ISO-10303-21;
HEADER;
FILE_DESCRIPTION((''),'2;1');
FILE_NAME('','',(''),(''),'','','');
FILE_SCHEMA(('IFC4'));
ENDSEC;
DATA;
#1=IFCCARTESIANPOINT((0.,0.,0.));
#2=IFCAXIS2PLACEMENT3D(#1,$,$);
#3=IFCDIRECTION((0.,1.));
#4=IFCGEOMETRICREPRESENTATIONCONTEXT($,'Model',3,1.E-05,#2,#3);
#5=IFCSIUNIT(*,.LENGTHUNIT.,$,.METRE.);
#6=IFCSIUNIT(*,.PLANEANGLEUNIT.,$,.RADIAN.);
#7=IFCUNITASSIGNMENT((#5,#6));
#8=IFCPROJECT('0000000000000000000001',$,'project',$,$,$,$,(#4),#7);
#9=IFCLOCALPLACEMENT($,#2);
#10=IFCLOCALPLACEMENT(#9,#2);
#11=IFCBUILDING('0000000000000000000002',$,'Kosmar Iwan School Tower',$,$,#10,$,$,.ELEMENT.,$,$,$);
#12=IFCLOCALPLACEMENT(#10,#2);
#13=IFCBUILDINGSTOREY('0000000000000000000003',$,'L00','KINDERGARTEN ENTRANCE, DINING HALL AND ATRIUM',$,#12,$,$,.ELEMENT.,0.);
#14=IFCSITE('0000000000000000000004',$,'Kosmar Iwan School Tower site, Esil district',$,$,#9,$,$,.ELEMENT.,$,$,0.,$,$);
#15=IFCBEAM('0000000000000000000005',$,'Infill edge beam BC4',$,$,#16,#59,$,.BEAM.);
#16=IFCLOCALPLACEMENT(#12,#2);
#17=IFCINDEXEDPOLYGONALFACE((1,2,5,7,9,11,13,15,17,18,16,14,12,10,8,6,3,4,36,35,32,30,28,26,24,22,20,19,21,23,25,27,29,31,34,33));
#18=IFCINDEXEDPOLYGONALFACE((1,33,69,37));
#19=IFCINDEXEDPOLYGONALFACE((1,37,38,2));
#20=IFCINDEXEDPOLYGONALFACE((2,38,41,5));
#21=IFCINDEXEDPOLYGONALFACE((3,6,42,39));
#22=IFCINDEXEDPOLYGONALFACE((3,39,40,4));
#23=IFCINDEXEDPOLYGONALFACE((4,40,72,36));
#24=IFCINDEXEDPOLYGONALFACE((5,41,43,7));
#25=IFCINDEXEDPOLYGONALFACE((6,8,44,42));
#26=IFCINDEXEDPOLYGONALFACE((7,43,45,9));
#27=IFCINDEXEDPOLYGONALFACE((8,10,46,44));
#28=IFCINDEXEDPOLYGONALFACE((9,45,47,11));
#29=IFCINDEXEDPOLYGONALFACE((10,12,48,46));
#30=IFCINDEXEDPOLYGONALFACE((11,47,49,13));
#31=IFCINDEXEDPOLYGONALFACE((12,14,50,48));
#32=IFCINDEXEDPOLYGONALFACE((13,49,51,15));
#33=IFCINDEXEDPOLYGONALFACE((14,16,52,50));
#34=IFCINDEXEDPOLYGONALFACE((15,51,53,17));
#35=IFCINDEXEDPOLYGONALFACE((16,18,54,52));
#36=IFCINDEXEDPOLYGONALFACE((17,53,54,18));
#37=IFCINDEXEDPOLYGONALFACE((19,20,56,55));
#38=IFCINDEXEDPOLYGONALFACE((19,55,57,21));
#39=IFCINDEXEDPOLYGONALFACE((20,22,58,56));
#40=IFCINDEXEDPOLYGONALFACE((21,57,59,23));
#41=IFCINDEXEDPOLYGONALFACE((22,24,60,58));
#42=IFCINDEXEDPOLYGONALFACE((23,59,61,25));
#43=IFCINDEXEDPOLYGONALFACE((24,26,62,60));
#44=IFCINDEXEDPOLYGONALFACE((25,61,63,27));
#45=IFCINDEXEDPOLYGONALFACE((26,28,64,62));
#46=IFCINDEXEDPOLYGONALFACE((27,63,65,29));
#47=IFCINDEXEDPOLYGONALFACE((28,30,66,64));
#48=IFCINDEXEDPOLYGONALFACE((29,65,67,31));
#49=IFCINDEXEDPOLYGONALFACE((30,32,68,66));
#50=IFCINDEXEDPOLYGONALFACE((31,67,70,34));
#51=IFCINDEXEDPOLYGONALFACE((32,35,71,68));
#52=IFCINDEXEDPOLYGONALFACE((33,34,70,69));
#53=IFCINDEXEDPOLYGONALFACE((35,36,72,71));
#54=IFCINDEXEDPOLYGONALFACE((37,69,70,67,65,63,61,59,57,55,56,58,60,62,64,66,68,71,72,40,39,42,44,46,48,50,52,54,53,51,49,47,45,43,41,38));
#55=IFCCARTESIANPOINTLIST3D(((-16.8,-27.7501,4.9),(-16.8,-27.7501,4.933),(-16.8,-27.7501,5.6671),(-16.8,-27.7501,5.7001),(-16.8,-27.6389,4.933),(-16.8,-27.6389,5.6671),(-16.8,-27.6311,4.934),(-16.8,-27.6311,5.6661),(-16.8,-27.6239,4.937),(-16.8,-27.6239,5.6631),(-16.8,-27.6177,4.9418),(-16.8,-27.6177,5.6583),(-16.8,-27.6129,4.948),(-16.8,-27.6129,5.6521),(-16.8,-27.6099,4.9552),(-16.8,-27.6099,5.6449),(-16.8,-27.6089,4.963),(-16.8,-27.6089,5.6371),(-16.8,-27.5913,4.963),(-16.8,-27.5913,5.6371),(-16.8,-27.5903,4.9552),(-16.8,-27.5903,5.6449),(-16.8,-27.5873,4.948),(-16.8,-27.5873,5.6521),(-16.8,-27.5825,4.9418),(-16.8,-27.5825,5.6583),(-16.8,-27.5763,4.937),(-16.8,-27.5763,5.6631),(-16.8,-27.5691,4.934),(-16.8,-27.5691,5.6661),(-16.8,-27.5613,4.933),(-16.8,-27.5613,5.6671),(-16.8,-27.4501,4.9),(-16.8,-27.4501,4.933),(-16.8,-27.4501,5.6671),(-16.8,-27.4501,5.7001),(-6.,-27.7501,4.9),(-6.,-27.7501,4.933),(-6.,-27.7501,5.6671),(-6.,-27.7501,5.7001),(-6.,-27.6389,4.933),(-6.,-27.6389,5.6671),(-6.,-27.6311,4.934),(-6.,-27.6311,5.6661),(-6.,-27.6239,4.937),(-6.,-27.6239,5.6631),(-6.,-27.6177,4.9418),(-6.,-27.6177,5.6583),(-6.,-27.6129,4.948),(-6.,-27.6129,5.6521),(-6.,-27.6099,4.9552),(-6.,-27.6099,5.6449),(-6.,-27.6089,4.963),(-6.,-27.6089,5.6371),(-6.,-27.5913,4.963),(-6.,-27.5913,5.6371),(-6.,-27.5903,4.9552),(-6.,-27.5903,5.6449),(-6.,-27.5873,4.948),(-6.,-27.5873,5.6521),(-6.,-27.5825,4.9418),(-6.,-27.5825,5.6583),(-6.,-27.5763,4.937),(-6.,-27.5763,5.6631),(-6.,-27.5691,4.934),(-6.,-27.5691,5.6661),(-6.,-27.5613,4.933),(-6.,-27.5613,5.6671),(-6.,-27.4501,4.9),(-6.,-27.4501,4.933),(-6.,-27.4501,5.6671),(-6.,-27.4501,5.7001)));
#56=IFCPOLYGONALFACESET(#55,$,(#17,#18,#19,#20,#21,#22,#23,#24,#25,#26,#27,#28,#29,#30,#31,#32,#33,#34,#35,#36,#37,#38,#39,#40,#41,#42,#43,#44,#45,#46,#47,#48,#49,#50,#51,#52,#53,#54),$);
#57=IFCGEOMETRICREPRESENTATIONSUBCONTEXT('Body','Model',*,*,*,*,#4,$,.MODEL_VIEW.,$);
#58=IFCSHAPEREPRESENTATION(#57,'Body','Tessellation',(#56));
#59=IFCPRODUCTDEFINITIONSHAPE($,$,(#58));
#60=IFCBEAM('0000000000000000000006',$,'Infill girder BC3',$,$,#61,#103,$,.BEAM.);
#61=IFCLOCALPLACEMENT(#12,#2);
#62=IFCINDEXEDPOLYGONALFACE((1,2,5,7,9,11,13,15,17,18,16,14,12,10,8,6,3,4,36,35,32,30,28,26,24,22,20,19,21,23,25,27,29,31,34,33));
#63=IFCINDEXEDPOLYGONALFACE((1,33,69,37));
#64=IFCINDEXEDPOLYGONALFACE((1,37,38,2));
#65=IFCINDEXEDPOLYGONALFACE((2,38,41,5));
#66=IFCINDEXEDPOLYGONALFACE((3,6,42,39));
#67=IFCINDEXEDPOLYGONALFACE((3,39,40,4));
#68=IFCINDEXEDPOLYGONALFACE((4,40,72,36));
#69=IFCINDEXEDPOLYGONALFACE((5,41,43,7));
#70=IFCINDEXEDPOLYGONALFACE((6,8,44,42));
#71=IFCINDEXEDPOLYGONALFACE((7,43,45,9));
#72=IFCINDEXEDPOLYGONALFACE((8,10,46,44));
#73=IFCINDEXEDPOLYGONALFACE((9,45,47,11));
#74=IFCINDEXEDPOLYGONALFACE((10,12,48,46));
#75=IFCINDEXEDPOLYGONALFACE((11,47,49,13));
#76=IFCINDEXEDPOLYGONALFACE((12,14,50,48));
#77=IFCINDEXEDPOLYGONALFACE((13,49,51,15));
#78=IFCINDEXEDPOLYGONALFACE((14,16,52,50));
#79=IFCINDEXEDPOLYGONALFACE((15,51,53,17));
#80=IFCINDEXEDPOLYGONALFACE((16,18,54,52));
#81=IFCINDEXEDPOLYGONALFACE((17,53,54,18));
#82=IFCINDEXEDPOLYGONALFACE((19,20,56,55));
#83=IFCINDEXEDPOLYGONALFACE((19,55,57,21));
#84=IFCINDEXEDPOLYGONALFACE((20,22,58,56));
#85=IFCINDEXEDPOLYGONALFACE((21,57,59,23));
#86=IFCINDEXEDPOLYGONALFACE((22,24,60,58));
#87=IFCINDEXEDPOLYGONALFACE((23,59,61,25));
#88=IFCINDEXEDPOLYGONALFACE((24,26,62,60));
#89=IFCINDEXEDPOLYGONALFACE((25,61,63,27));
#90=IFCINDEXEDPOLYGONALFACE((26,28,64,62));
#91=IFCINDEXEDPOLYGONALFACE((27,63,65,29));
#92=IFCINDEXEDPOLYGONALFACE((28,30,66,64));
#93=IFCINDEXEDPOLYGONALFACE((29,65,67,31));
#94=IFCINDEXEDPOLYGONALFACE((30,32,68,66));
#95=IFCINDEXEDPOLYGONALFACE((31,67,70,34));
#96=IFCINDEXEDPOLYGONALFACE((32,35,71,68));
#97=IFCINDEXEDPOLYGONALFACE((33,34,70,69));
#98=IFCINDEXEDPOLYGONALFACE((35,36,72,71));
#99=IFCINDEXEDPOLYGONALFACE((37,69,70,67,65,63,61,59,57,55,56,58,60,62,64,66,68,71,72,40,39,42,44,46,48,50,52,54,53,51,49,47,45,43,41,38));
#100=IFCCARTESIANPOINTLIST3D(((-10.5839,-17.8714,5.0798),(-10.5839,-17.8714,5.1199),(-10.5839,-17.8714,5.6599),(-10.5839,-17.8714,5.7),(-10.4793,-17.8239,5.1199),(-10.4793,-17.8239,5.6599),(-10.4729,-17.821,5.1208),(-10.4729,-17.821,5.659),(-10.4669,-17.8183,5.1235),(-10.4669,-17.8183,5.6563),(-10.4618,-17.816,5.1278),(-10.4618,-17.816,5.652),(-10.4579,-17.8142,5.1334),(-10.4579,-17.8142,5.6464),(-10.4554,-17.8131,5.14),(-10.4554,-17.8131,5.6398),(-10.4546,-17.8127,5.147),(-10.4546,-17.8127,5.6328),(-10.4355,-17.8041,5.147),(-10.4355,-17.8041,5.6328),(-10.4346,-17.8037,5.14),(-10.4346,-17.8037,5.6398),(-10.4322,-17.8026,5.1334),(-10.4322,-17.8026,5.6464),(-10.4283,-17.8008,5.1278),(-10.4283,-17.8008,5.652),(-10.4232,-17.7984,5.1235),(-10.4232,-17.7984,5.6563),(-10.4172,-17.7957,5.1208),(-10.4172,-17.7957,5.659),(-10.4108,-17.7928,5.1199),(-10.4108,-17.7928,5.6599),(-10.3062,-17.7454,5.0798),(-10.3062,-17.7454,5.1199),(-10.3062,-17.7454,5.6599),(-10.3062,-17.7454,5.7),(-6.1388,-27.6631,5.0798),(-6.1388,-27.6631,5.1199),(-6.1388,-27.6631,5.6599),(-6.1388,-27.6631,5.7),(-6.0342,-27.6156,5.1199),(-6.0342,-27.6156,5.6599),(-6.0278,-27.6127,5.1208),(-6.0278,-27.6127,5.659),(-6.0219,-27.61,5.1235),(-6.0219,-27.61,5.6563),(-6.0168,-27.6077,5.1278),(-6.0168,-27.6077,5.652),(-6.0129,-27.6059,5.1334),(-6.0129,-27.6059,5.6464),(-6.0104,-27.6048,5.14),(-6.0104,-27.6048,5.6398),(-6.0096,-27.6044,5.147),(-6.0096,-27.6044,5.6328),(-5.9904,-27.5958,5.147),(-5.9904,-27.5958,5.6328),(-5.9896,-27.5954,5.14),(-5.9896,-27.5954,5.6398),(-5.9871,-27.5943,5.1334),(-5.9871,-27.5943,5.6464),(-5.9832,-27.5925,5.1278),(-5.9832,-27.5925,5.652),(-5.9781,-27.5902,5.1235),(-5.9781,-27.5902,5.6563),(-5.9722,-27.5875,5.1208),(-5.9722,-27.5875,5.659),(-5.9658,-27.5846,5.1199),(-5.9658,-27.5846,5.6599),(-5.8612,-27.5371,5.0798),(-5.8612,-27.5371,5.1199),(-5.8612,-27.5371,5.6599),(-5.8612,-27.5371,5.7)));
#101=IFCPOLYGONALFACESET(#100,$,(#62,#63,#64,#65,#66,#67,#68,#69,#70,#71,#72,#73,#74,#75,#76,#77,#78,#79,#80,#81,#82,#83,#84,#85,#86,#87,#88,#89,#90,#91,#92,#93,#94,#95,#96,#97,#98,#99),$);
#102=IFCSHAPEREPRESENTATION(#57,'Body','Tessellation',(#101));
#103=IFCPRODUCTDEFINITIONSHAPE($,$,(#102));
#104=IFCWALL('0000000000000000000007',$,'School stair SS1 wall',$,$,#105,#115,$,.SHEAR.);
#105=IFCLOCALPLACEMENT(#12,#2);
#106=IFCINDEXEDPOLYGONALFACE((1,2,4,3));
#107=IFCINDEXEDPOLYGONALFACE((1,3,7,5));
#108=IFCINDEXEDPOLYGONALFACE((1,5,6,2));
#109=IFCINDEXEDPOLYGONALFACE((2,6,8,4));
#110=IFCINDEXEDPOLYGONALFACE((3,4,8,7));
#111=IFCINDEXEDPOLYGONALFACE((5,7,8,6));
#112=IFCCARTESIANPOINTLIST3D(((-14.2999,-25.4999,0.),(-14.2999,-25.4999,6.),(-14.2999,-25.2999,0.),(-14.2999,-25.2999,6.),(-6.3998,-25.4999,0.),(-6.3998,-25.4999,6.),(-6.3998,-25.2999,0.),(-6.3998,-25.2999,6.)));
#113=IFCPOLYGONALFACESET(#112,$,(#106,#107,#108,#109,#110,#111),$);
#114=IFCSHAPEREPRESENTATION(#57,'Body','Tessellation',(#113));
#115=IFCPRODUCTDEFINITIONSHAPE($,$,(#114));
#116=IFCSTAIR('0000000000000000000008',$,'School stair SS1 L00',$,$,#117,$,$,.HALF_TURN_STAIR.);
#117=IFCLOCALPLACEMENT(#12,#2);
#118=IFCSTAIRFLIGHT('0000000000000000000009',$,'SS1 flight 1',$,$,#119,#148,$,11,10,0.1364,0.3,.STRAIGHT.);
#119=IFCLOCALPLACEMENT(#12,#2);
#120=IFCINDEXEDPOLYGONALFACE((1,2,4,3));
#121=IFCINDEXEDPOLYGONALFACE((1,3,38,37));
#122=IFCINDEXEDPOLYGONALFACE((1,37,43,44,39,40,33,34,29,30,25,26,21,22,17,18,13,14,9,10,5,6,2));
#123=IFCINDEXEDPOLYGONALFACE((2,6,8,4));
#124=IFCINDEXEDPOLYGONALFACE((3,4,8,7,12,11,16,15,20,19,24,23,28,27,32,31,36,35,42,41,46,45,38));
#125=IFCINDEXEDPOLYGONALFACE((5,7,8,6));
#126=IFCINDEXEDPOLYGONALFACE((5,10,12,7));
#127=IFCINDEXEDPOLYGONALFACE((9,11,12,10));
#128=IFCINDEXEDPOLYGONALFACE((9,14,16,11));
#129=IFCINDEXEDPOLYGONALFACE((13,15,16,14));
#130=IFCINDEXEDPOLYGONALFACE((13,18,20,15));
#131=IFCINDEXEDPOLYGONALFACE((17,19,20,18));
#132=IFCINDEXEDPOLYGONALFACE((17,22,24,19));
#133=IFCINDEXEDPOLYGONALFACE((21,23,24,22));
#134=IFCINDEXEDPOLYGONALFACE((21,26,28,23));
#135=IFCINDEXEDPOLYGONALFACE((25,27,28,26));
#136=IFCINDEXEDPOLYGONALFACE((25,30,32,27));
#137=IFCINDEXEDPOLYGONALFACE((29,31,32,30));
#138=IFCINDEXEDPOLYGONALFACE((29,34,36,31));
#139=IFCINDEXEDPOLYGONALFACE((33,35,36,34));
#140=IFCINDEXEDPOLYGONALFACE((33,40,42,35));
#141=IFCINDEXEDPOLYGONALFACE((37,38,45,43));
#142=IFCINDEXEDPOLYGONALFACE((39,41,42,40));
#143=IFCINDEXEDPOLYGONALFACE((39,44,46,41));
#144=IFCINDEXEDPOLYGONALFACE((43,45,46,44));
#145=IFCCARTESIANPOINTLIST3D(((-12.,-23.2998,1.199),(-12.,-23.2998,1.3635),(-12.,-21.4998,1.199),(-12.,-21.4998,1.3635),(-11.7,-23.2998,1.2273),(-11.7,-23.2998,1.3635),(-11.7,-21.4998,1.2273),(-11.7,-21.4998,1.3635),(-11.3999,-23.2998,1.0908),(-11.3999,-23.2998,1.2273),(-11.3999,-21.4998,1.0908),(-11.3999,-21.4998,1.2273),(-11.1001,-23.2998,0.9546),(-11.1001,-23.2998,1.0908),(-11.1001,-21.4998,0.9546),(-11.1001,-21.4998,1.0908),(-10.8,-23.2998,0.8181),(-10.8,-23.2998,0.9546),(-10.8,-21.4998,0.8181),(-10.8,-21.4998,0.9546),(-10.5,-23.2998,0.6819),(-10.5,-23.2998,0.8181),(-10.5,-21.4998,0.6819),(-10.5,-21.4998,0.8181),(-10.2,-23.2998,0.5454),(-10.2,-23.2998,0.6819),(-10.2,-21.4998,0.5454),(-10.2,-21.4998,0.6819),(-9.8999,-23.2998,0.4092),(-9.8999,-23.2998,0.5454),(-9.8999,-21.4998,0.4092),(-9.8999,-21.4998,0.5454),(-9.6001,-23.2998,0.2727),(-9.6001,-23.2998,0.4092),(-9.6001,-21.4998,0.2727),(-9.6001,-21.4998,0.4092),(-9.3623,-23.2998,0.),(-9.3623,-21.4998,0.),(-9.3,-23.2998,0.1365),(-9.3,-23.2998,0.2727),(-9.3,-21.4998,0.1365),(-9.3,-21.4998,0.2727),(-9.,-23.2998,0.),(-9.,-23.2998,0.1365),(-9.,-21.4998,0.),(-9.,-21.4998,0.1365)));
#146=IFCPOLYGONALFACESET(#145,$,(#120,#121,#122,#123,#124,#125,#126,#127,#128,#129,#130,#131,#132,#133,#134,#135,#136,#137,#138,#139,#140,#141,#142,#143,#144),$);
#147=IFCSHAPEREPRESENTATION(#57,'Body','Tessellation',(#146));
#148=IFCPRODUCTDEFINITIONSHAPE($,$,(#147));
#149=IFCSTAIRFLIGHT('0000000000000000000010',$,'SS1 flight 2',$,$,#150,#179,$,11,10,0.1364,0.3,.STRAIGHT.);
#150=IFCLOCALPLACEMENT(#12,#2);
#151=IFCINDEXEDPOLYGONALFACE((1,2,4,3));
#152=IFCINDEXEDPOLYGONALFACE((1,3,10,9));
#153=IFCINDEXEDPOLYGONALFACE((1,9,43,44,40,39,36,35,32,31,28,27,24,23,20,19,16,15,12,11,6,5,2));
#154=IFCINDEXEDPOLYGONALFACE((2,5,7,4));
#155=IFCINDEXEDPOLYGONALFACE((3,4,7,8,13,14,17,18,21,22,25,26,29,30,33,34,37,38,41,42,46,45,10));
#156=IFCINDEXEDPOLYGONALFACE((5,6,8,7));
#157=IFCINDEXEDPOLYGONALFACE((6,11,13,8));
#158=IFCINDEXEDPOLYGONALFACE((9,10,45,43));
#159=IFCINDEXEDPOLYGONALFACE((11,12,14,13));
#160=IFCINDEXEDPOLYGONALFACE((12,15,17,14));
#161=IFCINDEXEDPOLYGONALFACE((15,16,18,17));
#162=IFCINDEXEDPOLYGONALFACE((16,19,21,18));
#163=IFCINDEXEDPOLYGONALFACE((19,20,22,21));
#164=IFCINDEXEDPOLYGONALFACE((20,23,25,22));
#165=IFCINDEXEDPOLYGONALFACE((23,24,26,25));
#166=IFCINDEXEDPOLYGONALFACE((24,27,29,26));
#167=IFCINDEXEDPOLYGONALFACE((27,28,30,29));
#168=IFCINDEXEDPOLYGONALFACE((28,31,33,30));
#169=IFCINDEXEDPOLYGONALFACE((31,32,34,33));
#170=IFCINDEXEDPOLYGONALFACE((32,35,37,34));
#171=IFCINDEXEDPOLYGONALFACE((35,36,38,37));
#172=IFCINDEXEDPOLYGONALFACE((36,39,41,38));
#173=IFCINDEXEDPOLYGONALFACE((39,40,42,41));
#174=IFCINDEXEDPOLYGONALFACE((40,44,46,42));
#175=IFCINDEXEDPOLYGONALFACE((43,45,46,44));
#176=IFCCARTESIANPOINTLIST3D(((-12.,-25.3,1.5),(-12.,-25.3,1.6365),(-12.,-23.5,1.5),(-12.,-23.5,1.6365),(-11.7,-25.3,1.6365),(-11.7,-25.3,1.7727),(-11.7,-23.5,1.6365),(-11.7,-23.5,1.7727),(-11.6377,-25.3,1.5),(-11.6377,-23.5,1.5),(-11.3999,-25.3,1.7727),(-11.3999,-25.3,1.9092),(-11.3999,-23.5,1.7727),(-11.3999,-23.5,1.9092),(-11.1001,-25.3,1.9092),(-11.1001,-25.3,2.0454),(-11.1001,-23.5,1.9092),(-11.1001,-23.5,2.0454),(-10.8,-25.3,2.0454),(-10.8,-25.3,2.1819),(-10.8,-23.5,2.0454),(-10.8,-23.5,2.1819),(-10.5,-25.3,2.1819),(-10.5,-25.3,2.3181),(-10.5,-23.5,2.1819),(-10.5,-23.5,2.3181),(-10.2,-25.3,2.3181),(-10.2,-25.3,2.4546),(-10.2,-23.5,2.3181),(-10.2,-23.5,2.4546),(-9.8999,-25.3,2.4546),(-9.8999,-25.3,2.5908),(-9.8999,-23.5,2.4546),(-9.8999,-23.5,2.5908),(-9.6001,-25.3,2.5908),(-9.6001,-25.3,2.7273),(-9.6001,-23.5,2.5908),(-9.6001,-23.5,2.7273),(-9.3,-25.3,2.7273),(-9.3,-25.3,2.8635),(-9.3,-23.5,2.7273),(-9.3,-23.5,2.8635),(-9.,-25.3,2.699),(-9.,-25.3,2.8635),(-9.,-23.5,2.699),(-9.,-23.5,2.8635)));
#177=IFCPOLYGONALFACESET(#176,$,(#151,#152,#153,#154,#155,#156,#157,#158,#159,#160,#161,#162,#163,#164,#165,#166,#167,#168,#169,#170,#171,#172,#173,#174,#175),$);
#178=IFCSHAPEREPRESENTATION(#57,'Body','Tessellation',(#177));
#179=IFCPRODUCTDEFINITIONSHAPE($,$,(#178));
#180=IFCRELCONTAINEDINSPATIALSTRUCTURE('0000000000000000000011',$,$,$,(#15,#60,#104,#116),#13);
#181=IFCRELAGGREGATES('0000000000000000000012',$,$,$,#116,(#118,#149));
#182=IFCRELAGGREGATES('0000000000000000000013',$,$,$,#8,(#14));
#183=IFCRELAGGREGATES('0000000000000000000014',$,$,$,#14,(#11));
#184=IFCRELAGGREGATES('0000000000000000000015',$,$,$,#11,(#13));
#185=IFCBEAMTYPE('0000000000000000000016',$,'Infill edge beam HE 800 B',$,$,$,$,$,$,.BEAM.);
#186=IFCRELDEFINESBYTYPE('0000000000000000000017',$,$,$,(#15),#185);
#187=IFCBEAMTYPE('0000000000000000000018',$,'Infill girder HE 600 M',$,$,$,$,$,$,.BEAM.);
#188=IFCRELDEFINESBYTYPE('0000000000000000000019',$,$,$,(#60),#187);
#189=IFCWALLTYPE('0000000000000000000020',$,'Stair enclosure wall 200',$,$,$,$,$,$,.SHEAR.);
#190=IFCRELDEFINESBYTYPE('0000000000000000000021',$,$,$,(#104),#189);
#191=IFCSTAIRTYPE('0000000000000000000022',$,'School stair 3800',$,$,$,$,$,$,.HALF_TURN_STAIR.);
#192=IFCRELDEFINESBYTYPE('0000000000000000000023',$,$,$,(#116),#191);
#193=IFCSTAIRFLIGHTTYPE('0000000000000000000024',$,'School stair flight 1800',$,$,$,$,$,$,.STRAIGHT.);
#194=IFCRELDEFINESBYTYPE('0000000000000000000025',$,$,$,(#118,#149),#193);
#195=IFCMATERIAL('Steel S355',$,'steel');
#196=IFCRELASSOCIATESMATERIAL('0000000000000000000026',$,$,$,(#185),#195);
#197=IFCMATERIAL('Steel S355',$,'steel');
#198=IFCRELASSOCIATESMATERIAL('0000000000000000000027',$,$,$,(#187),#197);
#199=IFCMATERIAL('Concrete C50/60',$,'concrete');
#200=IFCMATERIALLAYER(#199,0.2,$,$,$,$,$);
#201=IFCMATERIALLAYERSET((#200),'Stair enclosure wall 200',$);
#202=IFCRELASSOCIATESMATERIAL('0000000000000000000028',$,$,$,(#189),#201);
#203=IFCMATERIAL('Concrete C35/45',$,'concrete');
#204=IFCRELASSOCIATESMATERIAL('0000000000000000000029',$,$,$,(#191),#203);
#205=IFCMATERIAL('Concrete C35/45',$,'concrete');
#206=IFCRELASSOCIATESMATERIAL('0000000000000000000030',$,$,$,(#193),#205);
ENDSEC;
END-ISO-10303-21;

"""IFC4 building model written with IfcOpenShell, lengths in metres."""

from ifc_helpers import new_model, si_unit, direction, frame, frame_2d, origin, origin_2d, place, context, subcontext, project, spatial, polyline, rectangle, i_section, outline, extrude, material, layer, layer_set, material_profile, profile_set, type_object, element, aggregate, save


model = new_model("IFC4")

# Units and contexts
model_context = context("Model", 3, precision=1e-05, world=origin(), true_north=direction((0.0, 1.0)))
body_context = subcontext(model_context, "Body", "Model", "MODEL_VIEW")
ifc_project = project(units=[si_unit("LENGTHUNIT", "METRE"), si_unit("PLANEANGLEUNIT", "RADIAN")], contexts=[model_context])

# Site, building, storey
site_placement = place(None, origin())
site = spatial("IfcSite", under=ifc_project, at=site_placement, Name="Kosmar Iwan School Tower site, Esil district", CompositionType="ELEMENT", RefElevation=0.0)
building_placement = place(site_placement, origin())
building = spatial("IfcBuilding", under=site, at=building_placement, Name="Kosmar Iwan School Tower", CompositionType="ELEMENT")
storey_placement = place(building_placement, origin())
storey = spatial("IfcBuildingStorey", under=building, at=storey_placement, Name="L00", Description="KINDERGARTEN ENTRANCE, DINING HALL AND ATRIUM", CompositionType="ELEMENT", Elevation=0.0)

# Beams
ifc_material_1 = material(Name="Steel S355", Category="steel")
ifc_material_profile_1 = material_profile(ifc_material_1, i_section(OverallWidth=0.3, OverallDepth=0.8, WebThickness=0.0176, FlangeThickness=0.033, FilletRadius=0.03, at=origin_2d()), Name="HE 800 B")
ifc_profile_set_1 = profile_set([ifc_material_profile_1], Name="Steel S355")
beam_type_1 = type_object("IfcBeamType", Name="Infill edge beam HE 800 B", PredefinedType="BEAM", material=ifc_profile_set_1)
beam_1_placement = place(storey_placement, frame((-6.0, -27.6001, 5.3), z_axis=(-1.0, 0.0, 0.0), x_axis=(0.0, -1.0, 0.0)))
element("IfcBeam", 1, at=beam_1_placement, inside=storey, type_object=beam_type_1, Name="Infill edge beam BC4", PredefinedType="BEAM", context=body_context, shape_type="SweptSolid", body=[
    extrude(i_section(OverallWidth=0.3, OverallDepth=0.8, WebThickness=0.0176, FlangeThickness=0.033, FilletRadius=0.03, at=origin_2d()), origin(), (0.0, 0.0, 1.0), 10.8),
])
ifc_material_2 = material(Name="Steel S355", Category="steel")
ifc_material_profile_2 = material_profile(ifc_material_2, i_section(OverallWidth=0.3049, OverallDepth=0.6201, WebThickness=0.021, FlangeThickness=0.04, FilletRadius=0.0271, at=origin_2d()), Name="HE 600 M")
ifc_profile_set_2 = profile_set([ifc_material_profile_2], Name="Steel S355")
beam_type_2 = type_object("IfcBeamType", Name="Infill girder HE 600 M", PredefinedType="BEAM", material=ifc_profile_set_2)
beam_2_placement = place(storey_placement, frame((-6.0, -27.6001, 5.3899), z_axis=(-0.413362, 0.910567, 0.0), x_axis=(-0.910567, -0.413362, 0.0)))
element("IfcBeam", 2, at=beam_2_placement, inside=storey, type_object=beam_type_2, Name="Infill girder BC3", PredefinedType="BEAM", context=body_context, shape_type="SweptSolid", body=[
    extrude(i_section(OverallWidth=0.3049, OverallDepth=0.6201, WebThickness=0.021, FlangeThickness=0.04, FilletRadius=0.0271, at=origin_2d()), origin(), (0.0, 0.0, 1.0), 10.7534),
])

# Wall
ifc_material_3 = material(Name="Concrete C50/60", Category="concrete")
ifc_layer_1 = layer(ifc_material_3, 0.2)
ifc_layer_set_1 = layer_set([ifc_layer_1], Name="Stair enclosure wall 200")
wall_type = type_object("IfcWallType", Name="Stair enclosure wall 200", PredefinedType="SHEAR", material=ifc_layer_set_1)
wall_placement = place(storey_placement, frame((-14.3, -25.3999, 0.0), z_axis=(0.0, 0.0, 1.0), x_axis=(1.0, 0.0, 0.0)))
element("IfcWall", 3, at=wall_placement, inside=storey, type_object=wall_type, Name="School stair SS1 wall", PredefinedType="SHEAR", context=body_context, shape_type="SweptSolid", body=[
    extrude(rectangle(XDim=7.9001, YDim=0.2, at=frame_2d((3.9502, 0.0))), origin(), (0.0, 0.0, 1.0), 6.0),
])

# Stair, stair flights
ifc_material_4 = material(Name="Concrete C35/45", Category="concrete")
stair_type = type_object("IfcStairType", Name="School stair 3800", PredefinedType="HALF_TURN_STAIR", material=ifc_material_4)
stair_placement = place(storey_placement, origin())
stair = element("IfcStair", 4, at=stair_placement, inside=storey, type_object=stair_type, Name="School stair SS1 L00", PredefinedType="HALF_TURN_STAIR")
ifc_material_5 = material(Name="Concrete C35/45", Category="concrete")
stair_flight_type = type_object("IfcStairFlightType", Name="School stair flight 1800", PredefinedType="STRAIGHT", material=ifc_material_5)
stair_flight_1_placement = place(storey_placement, frame((-9.0, -22.3999, 0.0), z_axis=(0.0, 0.0, 1.0), x_axis=(-1.0, 0.0, 0.0)))
stair_flight_1 = element("IfcStairFlight", 5, at=stair_flight_1_placement, type_object=stair_flight_type, Name="SS1 flight 1", NumberOfRisers=11, NumberOfTreads=10, PredefinedType="STRAIGHT", RiserHeight=0.1364, TreadLength=0.3, context=body_context, shape_type="SweptSolid", body=[
    extrude(outline(polyline([(0.0, 0.0), (0.0, 0.1365), (0.3, 0.1365), (0.3, 0.2727), (0.6001, 0.2727), (0.6001, 0.4092), (0.8999, 0.4092), (0.8999, 0.5454), (1.2, 0.5454), (1.2, 0.6819), (1.5, 0.6819), (1.5, 0.8181), (1.8, 0.8181), (1.8, 0.9546), (2.1001, 0.9546), (2.1001, 1.0908), (2.3999, 1.0908), (2.3999, 1.2273), (2.7, 1.2273), (2.7, 1.3635), (3.0, 1.3635), (3.0, 1.5), (3.0, 1.199), (0.3623, 0.0), (0.0, 0.0)])), frame((0.0, 0.8999, 0.0), z_axis=(0.0, -1.0, 0.0), x_axis=(1.0, 0.0, 0.0)), (0.0, 0.0, 1.0), 1.8),
])
stair_flight_2_placement = place(storey_placement, frame((-12.0, -24.3999, 1.5), z_axis=(0.0, 0.0, 1.0), x_axis=(1.0, 0.0, 0.0)))
stair_flight_2 = element("IfcStairFlight", 6, at=stair_flight_2_placement, type_object=stair_flight_type, Name="SS1 flight 2", NumberOfRisers=11, NumberOfTreads=10, PredefinedType="STRAIGHT", RiserHeight=0.1364, TreadLength=0.3, context=body_context, shape_type="SweptSolid", body=[
    extrude(outline(polyline([(0.0, 0.0), (0.0, 0.1365), (0.3, 0.1365), (0.3, 0.2727), (0.6001, 0.2727), (0.6001, 0.4092), (0.8999, 0.4092), (0.8999, 0.5454), (1.2, 0.5454), (1.2, 0.6819), (1.5, 0.6819), (1.5, 0.8181), (1.8, 0.8181), (1.8, 0.9546), (2.1001, 0.9546), (2.1001, 1.0908), (2.3999, 1.0908), (2.3999, 1.2273), (2.7, 1.2273), (2.7, 1.3635), (3.0, 1.3635), (3.0, 1.5), (3.0, 1.199), (0.3623, 0.0), (0.0, 0.0)])), frame((0.0, 0.8999, 0.0), z_axis=(0.0, -1.0, 0.0), x_axis=(1.0, 0.0, 0.0)), (0.0, 0.0, 1.0), 1.8),
])
aggregate(stair, [stair_flight_1, stair_flight_2])

save(model, "model.ifc")
